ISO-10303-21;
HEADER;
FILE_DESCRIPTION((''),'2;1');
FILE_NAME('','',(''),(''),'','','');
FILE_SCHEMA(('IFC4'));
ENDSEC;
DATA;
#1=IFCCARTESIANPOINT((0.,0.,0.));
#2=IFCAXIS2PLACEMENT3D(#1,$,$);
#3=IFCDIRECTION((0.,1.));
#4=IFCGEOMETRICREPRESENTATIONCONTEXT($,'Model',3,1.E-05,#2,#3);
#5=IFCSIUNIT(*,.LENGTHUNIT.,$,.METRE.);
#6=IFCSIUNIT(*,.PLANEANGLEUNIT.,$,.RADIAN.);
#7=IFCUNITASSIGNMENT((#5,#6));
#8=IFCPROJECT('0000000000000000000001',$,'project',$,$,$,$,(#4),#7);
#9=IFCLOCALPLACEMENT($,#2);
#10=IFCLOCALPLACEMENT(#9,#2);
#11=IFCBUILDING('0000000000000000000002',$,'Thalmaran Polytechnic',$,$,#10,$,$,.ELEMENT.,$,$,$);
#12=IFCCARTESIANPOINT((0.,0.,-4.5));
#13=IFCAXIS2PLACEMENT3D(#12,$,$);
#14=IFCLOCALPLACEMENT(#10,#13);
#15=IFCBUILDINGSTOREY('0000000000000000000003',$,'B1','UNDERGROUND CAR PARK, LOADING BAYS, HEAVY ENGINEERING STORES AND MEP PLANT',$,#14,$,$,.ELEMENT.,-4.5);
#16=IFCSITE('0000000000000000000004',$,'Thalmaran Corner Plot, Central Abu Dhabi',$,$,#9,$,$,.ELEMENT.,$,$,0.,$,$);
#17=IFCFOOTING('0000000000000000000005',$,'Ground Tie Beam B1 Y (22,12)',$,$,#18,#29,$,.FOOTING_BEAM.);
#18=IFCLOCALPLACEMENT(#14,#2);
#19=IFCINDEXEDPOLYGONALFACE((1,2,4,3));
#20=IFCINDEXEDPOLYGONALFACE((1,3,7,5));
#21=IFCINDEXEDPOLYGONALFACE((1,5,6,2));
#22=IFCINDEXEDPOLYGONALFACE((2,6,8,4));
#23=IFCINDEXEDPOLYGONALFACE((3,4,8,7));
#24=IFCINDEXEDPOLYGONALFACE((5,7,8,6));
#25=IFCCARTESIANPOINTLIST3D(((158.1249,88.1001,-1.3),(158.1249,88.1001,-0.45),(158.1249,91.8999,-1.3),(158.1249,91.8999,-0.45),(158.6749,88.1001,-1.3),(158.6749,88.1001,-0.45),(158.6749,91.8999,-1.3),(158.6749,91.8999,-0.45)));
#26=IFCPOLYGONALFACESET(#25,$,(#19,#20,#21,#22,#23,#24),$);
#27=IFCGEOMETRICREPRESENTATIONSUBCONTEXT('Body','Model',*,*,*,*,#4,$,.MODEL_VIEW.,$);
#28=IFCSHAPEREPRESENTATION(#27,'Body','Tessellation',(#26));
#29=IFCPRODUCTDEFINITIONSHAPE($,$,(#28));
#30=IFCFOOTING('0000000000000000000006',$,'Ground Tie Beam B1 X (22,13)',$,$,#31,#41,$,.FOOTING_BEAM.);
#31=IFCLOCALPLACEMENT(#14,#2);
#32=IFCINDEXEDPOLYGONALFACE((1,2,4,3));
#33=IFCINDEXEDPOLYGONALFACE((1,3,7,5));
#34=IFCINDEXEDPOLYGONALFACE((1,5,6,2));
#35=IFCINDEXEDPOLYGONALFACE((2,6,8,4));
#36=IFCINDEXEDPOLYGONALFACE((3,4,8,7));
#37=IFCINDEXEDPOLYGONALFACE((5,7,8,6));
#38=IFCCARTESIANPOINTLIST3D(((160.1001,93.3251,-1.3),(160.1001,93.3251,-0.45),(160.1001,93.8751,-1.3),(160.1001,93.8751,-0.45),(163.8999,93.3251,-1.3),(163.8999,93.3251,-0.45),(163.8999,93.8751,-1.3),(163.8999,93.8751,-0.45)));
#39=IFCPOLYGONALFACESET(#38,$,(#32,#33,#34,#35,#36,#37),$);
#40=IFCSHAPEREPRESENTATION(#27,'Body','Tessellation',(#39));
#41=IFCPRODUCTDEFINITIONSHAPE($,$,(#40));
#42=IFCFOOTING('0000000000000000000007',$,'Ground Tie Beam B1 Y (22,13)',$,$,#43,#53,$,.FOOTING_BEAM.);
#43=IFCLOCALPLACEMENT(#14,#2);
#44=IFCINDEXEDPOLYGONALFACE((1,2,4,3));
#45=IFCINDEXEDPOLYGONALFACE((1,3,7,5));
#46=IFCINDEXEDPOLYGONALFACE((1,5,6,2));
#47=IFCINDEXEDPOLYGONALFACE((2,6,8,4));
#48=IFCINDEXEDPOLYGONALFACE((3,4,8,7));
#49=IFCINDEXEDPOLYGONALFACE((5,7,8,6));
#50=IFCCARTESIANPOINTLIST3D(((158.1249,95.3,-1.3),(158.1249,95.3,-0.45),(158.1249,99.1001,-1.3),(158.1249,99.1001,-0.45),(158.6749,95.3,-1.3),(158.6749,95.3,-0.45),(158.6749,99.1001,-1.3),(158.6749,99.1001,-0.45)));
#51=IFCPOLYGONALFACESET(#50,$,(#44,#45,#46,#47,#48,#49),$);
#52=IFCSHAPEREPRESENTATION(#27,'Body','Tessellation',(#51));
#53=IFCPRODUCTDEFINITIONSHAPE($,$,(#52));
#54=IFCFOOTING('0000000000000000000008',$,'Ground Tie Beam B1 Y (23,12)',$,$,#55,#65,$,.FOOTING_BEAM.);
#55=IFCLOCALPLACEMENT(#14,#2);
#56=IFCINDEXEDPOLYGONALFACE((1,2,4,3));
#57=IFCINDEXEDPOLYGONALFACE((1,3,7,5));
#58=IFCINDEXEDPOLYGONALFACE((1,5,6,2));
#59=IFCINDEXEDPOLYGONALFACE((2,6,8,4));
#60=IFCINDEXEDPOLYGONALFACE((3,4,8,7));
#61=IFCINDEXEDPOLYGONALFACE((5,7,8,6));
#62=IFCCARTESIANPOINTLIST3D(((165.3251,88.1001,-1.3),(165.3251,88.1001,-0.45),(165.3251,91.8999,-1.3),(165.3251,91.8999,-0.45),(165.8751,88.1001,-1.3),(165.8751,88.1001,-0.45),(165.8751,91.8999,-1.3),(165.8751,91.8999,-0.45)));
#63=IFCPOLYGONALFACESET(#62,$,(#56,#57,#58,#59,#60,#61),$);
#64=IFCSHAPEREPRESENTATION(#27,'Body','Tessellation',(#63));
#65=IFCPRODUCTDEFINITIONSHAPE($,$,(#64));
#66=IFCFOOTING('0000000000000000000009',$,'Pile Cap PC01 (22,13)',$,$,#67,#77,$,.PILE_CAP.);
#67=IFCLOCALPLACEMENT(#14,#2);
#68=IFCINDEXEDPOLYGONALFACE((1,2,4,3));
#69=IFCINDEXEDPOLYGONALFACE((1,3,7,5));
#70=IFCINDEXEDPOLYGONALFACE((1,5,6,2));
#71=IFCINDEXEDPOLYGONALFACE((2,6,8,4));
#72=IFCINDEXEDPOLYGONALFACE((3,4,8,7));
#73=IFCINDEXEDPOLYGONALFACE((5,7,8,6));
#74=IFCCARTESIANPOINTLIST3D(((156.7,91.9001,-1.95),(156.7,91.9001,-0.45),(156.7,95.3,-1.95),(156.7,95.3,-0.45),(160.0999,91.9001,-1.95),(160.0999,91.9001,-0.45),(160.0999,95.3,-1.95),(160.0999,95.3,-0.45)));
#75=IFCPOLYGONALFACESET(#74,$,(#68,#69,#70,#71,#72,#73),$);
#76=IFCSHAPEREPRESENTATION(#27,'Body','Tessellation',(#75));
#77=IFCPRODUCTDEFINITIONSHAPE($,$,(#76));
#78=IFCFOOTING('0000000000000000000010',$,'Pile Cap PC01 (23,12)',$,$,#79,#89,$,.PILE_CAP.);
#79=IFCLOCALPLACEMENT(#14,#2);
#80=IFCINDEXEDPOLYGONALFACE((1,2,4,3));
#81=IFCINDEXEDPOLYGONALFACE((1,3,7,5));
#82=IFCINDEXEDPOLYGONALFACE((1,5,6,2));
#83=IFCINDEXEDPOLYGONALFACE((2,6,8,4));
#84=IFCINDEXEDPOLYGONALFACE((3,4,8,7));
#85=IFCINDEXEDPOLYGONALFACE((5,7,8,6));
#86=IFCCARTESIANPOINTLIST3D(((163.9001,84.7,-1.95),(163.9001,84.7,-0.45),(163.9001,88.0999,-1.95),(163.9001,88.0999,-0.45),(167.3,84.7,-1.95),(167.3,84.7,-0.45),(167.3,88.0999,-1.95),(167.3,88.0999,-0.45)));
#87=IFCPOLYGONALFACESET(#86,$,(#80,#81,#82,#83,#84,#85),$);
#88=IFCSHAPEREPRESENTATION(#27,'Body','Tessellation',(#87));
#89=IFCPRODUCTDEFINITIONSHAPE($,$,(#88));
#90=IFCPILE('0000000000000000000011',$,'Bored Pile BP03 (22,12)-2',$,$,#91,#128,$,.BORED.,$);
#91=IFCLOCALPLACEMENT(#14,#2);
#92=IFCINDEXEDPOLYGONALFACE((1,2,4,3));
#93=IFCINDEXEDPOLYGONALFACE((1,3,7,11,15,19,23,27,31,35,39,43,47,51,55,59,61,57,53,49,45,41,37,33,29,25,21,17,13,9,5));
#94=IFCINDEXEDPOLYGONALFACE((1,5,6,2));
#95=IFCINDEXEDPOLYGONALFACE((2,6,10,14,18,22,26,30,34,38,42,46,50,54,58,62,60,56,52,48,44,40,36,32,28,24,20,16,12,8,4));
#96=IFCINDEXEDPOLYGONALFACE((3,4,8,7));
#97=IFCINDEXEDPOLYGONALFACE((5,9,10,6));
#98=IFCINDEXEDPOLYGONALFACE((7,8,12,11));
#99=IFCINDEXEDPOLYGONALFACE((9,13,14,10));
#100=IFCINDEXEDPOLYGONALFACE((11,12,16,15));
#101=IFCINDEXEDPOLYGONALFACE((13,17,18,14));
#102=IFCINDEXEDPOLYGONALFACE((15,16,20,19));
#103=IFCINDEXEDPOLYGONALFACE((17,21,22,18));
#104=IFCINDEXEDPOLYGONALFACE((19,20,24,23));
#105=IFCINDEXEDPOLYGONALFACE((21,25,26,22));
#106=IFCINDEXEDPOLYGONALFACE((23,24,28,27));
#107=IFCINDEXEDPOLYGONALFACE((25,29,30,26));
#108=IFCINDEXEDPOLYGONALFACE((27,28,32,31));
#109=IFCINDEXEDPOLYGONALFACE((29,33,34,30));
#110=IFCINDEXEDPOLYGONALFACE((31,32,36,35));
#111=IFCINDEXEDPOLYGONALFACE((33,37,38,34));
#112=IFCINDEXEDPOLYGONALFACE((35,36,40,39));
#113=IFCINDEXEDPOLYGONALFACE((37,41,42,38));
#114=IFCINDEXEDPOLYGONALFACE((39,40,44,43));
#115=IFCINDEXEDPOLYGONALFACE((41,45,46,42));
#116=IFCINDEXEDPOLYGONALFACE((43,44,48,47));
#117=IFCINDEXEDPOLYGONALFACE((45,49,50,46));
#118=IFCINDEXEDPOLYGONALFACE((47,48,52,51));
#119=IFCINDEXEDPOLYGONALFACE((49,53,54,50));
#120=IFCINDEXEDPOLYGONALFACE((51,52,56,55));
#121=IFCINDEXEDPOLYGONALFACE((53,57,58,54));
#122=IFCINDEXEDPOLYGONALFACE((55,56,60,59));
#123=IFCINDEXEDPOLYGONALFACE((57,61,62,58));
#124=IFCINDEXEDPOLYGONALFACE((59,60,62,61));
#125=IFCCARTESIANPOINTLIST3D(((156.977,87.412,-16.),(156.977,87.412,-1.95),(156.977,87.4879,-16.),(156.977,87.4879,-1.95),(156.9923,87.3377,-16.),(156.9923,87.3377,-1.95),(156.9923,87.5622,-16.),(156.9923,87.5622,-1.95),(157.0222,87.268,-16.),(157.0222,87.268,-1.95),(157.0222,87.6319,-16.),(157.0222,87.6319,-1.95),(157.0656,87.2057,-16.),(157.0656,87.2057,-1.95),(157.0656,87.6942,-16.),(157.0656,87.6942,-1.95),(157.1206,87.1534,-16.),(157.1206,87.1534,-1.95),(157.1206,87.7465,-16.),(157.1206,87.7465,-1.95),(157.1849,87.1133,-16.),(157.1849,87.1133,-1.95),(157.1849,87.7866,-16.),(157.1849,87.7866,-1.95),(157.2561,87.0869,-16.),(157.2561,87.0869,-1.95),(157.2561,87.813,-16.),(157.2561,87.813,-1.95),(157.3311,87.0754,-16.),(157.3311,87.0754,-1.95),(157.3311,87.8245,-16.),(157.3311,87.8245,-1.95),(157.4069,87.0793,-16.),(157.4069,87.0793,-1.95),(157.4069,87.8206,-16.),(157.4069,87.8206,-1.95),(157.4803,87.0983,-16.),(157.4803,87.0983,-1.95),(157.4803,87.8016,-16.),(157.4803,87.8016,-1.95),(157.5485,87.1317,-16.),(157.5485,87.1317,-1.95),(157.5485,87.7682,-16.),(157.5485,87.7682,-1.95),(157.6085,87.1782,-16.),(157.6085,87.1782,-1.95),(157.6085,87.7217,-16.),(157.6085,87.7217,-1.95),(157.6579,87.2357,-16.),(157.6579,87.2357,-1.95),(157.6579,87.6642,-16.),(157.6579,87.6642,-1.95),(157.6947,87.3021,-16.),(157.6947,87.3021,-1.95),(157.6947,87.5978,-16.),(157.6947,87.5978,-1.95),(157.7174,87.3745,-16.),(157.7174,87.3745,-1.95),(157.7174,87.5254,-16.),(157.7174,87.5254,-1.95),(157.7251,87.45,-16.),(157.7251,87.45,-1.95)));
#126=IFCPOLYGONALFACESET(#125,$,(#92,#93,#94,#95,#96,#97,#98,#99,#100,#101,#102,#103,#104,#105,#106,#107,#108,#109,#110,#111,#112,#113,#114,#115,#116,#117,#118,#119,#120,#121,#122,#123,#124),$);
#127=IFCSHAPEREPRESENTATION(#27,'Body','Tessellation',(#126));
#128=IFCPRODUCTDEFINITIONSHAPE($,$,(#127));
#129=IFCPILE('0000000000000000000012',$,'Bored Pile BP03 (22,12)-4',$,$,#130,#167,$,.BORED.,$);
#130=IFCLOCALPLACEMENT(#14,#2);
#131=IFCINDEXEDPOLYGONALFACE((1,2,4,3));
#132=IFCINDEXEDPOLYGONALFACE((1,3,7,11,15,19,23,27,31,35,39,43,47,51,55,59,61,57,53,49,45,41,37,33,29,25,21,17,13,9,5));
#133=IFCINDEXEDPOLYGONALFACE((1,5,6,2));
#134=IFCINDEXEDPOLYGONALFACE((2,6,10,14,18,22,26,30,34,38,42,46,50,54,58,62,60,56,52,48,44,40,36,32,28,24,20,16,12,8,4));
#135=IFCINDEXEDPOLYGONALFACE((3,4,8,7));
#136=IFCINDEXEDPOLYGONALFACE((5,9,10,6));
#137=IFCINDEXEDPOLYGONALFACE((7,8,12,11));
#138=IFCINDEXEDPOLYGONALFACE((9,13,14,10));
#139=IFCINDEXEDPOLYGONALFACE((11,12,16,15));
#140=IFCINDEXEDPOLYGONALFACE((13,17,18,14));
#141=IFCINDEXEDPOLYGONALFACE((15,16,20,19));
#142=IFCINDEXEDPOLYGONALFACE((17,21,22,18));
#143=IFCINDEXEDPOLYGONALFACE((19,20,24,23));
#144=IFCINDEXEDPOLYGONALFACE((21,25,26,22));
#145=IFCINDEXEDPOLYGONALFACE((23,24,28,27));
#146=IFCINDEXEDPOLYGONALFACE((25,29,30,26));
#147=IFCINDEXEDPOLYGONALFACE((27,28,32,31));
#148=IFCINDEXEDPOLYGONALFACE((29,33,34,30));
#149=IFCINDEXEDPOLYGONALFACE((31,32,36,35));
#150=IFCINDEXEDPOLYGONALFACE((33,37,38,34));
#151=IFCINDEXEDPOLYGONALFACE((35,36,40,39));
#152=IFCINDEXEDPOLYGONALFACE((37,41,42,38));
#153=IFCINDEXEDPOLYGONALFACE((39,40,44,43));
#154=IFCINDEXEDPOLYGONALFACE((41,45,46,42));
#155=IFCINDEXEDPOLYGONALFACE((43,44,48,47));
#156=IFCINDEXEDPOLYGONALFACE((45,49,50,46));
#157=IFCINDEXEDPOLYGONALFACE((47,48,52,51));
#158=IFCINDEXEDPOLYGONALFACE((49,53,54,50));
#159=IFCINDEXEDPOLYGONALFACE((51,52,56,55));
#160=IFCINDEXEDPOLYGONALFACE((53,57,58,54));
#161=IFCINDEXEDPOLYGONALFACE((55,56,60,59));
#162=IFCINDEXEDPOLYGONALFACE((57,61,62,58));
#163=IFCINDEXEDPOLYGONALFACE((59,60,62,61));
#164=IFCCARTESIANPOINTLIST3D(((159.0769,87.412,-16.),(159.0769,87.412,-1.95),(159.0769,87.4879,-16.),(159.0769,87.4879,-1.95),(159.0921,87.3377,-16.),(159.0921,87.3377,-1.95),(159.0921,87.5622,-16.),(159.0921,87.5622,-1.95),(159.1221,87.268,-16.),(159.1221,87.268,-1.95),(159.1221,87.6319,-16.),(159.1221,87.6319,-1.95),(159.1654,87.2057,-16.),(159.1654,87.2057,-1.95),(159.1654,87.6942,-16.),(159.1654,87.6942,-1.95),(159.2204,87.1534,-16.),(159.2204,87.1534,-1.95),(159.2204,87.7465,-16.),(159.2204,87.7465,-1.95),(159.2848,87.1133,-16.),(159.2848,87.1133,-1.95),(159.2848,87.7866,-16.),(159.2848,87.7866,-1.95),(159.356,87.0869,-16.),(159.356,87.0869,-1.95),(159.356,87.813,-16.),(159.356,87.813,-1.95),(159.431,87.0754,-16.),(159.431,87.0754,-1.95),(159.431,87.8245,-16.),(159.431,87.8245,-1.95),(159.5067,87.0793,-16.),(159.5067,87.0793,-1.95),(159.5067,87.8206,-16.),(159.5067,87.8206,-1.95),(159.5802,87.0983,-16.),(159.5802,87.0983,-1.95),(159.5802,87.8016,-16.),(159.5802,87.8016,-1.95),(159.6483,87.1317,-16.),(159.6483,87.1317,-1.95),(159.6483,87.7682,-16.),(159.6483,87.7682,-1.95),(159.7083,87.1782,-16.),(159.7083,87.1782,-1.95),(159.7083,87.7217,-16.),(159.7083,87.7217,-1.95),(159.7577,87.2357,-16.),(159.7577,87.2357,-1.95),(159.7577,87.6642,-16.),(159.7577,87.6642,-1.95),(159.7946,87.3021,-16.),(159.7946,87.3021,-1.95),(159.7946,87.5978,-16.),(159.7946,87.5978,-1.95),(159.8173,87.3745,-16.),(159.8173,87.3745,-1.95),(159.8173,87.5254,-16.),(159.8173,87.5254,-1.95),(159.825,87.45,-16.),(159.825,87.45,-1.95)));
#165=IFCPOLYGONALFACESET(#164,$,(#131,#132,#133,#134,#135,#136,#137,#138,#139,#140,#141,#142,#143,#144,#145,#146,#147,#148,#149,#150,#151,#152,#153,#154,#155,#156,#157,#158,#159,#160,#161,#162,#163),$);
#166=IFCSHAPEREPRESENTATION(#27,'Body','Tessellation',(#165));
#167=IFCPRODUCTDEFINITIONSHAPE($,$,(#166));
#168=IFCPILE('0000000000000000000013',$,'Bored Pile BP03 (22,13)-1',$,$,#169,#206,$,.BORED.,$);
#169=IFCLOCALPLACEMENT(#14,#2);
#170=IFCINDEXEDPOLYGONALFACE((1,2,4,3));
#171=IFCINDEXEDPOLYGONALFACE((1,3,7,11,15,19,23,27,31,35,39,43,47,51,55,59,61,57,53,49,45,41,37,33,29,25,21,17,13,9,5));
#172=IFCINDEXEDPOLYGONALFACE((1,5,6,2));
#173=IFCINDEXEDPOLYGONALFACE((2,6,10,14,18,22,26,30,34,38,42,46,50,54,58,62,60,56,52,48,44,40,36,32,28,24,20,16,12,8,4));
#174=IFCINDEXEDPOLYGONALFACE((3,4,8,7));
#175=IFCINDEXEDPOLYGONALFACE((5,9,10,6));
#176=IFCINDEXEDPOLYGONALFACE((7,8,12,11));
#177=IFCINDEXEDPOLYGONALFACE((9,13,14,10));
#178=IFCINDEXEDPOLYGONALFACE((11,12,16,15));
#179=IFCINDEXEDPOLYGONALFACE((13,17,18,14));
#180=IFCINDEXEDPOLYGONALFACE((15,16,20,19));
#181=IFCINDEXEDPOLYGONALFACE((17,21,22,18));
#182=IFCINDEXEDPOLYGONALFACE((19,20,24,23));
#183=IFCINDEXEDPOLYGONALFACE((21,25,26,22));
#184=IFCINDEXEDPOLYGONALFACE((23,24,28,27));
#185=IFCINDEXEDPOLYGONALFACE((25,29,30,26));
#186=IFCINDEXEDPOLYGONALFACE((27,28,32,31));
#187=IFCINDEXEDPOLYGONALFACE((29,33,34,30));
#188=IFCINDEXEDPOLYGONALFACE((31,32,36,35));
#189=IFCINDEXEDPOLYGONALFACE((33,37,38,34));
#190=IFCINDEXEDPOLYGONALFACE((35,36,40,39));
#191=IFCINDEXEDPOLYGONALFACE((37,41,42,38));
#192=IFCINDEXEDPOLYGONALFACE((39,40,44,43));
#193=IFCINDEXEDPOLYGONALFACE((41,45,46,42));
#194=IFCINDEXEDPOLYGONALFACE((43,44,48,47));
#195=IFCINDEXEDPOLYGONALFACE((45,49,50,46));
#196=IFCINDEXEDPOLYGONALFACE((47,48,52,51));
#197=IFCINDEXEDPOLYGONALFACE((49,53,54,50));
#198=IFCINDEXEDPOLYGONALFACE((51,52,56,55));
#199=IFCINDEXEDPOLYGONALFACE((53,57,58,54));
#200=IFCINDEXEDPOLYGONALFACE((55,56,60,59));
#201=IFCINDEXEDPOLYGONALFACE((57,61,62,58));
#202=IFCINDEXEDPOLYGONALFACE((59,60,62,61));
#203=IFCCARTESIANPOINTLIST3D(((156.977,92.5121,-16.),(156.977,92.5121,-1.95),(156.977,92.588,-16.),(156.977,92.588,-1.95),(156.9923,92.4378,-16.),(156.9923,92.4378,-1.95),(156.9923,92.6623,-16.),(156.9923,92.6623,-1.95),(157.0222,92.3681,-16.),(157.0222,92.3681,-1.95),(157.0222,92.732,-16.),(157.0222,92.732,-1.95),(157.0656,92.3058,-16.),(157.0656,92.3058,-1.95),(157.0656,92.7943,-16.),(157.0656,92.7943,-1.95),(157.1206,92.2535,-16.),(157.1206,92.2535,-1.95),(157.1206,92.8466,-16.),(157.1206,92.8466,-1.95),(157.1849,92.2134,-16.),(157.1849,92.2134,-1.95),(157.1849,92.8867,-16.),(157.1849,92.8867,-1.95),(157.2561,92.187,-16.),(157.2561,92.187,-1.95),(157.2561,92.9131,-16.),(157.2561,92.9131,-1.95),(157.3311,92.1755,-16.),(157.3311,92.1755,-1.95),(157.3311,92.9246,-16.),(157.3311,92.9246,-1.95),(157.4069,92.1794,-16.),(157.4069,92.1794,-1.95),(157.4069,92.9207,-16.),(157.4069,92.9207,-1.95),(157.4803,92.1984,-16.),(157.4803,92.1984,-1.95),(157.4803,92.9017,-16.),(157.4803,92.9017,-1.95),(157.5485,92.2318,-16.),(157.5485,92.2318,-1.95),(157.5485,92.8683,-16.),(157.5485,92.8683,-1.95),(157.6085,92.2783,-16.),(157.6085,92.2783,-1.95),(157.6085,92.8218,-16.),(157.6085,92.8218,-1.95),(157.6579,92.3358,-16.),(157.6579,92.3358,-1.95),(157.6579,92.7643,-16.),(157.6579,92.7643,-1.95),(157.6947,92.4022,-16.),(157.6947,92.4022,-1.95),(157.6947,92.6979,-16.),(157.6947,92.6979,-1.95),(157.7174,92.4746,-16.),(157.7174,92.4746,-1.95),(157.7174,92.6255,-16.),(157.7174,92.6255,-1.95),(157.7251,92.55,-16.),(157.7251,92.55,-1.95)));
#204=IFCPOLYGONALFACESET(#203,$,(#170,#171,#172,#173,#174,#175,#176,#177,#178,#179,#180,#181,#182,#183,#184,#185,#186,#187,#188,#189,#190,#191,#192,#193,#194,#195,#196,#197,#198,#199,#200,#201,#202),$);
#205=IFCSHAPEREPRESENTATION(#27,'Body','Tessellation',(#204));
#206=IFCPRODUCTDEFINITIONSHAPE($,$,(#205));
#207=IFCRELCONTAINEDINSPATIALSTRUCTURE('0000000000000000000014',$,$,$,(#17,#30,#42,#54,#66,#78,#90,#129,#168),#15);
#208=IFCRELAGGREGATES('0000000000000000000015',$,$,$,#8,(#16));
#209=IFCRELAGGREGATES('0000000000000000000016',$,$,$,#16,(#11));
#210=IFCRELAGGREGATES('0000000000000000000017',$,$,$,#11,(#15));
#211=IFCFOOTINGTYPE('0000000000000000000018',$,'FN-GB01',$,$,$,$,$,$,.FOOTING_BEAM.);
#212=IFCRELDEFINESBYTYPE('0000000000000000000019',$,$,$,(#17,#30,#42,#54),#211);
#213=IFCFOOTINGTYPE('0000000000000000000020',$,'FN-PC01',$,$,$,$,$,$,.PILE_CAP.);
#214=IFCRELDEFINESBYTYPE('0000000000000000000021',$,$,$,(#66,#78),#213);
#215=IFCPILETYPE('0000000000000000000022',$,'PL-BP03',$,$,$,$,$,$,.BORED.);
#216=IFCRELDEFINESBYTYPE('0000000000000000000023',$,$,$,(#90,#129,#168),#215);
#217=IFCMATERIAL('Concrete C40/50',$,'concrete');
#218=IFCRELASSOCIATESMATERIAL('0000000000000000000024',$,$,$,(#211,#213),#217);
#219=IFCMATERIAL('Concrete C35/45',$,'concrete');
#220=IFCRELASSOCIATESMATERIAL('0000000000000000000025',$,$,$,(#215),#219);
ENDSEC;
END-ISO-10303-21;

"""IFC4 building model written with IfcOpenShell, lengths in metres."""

from ifc_helpers import new_model, si_unit, direction, frame, origin, origin_2d, place, context, subcontext, project, spatial, rectangle, circle, extrude, material, material_profile, profile_set, type_object, element, save


model = new_model("IFC4")

# Units and contexts
model_context = context("Model", 3, precision=1e-05, world=origin(), true_north=direction((0.0, 1.0)))
body_context = subcontext(model_context, "Body", "Model", "MODEL_VIEW")
ifc_project = project(units=[si_unit("LENGTHUNIT", "METRE"), si_unit("PLANEANGLEUNIT", "RADIAN")], contexts=[model_context])

# Site, building, storey
site_placement = place(None, origin())
site = spatial("IfcSite", under=ifc_project, at=site_placement, Name="Thalmaran Corner Plot, Central Abu Dhabi", CompositionType="ELEMENT", RefElevation=0.0)
building_placement = place(site_placement, origin())
building = spatial("IfcBuilding", under=site, at=building_placement, Name="Thalmaran Polytechnic", CompositionType="ELEMENT")
storey_placement = place(building_placement, frame((0.0, 0.0, -4.5)))
storey = spatial("IfcBuildingStorey", under=building, at=storey_placement, Name="B1", Description="UNDERGROUND CAR PARK, LOADING BAYS, HEAVY ENGINEERING STORES AND MEP PLANT", CompositionType="ELEMENT", Elevation=-4.5)

# Footings
ifc_material_1 = material(Name="Concrete C40/50", Category="concrete")
ifc_material_profile_1 = material_profile(ifc_material_1, rectangle(XDim=0.55, YDim=0.8501, at=origin_2d()), Name="RC 550x850")
ifc_profile_set_1 = profile_set([ifc_material_profile_1], Name="Concrete C40/50")
footing_type_1 = type_object("IfcFootingType", Name="FN-GB01", PredefinedType="FOOTING_BEAM", material=ifc_profile_set_1)
for number, where, z_axis, x_axis, name in (
    (1, (158.3999, 88.1001, -0.875), (0.0, 1.0, 0.0), (-1.0, 0.0, 0.0), "Ground Tie Beam B1 Y (22,12)"),
    (2, (160.1001, 93.6001, -0.875), (1.0, 0.0, 0.0), (0.0, 1.0, 0.0), "Ground Tie Beam B1 X (22,13)"),
):
    element("IfcFooting", number, at=place(storey_placement, frame(where, z_axis=z_axis, x_axis=x_axis)), inside=storey, type_object=footing_type_1, Name=name, PredefinedType="FOOTING_BEAM", context=body_context, shape_type="SweptSolid", body=[
        extrude(rectangle(XDim=0.55, YDim=0.8501, at=origin_2d()), origin(), (0.0, 0.0, 1.0), 3.7998),
    ])
footing_1_placement = place(storey_placement, frame((158.3999, 95.3, -0.875), z_axis=(0.0, 1.0, 0.0), x_axis=(-1.0, 0.0, 0.0)))
element("IfcFooting", 3, at=footing_1_placement, inside=storey, type_object=footing_type_1, Name="Ground Tie Beam B1 Y (22,13)", PredefinedType="FOOTING_BEAM", context=body_context, shape_type="SweptSolid", body=[
    extrude(rectangle(XDim=0.55, YDim=0.8501, at=origin_2d()), origin(), (0.0, 0.0, 1.0), 3.8),
])
footing_2_placement = place(storey_placement, frame((165.6001, 88.1001, -0.875), z_axis=(0.0, 1.0, 0.0), x_axis=(-1.0, 0.0, 0.0)))
element("IfcFooting", 4, at=footing_2_placement, inside=storey, type_object=footing_type_1, Name="Ground Tie Beam B1 Y (23,12)", PredefinedType="FOOTING_BEAM", context=body_context, shape_type="SweptSolid", body=[
    extrude(rectangle(XDim=0.55, YDim=0.8501, at=origin_2d()), origin(), (0.0, 0.0, 1.0), 3.7998),
])
footing_type_2 = type_object("IfcFootingType", Name="FN-PC01", PredefinedType="PILE_CAP", material=ifc_material_1)
for number, where, z_axis, x_axis, name in (
    (5, (158.3999, 93.6001, -1.95), (0.0, 0.0, 1.0), (1.0, 0.0, 0.0), "Pile Cap PC01 (22,13)"),
    (6, (165.6001, 86.3999, -1.95), (0.0, 0.0, 1.0), (1.0, 0.0, 0.0), "Pile Cap PC01 (23,12)"),
):
    element("IfcFooting", number, at=place(storey_placement, frame(where, z_axis=z_axis, x_axis=x_axis)), inside=storey, type_object=footing_type_2, Name=name, PredefinedType="PILE_CAP", context=body_context, shape_type="SweptSolid", body=[
        extrude(rectangle(XDim=3.3999, YDim=3.3999, at=origin_2d()), origin(), (0.0, 0.0, 1.0), 1.5),
    ])

# Piles
ifc_material_2 = material(Name="Concrete C35/45", Category="concrete")
ifc_material_profile_2 = material_profile(ifc_material_2, circle(Radius=0.375, at=origin_2d()), Name="RC 750 DIA")
ifc_profile_set_2 = profile_set([ifc_material_profile_2], Name="Concrete C35/45")
pile_type = type_object("IfcPileType", Name="PL-BP03", PredefinedType="BORED", material=ifc_profile_set_2)
for number, where, z_axis, x_axis, name in (
    (7, (157.3501, 87.45, -1.95), (0.0, 0.0, -1.0), (1.0, 0.0, 0.0), "Bored Pile BP03 (22,12)-2"),
    (8, (159.45, 87.45, -1.95), (0.0, 0.0, -1.0), (1.0, 0.0, 0.0), "Bored Pile BP03 (22,12)-4"),
    (9, (157.3501, 92.55, -1.95), (0.0, 0.0, -1.0), (1.0, 0.0, 0.0), "Bored Pile BP03 (22,13)-1"),
):
    element("IfcPile", number, at=place(storey_placement, frame(where, z_axis=z_axis, x_axis=x_axis)), inside=storey, type_object=pile_type, Name=name, PredefinedType="BORED", context=body_context, shape_type="SweptSolid", body=[
        extrude(circle(Radius=0.375, at=origin_2d()), origin(), (0.0, 0.0, 1.0), 14.05),
    ])

save(model, "model.ifc")
